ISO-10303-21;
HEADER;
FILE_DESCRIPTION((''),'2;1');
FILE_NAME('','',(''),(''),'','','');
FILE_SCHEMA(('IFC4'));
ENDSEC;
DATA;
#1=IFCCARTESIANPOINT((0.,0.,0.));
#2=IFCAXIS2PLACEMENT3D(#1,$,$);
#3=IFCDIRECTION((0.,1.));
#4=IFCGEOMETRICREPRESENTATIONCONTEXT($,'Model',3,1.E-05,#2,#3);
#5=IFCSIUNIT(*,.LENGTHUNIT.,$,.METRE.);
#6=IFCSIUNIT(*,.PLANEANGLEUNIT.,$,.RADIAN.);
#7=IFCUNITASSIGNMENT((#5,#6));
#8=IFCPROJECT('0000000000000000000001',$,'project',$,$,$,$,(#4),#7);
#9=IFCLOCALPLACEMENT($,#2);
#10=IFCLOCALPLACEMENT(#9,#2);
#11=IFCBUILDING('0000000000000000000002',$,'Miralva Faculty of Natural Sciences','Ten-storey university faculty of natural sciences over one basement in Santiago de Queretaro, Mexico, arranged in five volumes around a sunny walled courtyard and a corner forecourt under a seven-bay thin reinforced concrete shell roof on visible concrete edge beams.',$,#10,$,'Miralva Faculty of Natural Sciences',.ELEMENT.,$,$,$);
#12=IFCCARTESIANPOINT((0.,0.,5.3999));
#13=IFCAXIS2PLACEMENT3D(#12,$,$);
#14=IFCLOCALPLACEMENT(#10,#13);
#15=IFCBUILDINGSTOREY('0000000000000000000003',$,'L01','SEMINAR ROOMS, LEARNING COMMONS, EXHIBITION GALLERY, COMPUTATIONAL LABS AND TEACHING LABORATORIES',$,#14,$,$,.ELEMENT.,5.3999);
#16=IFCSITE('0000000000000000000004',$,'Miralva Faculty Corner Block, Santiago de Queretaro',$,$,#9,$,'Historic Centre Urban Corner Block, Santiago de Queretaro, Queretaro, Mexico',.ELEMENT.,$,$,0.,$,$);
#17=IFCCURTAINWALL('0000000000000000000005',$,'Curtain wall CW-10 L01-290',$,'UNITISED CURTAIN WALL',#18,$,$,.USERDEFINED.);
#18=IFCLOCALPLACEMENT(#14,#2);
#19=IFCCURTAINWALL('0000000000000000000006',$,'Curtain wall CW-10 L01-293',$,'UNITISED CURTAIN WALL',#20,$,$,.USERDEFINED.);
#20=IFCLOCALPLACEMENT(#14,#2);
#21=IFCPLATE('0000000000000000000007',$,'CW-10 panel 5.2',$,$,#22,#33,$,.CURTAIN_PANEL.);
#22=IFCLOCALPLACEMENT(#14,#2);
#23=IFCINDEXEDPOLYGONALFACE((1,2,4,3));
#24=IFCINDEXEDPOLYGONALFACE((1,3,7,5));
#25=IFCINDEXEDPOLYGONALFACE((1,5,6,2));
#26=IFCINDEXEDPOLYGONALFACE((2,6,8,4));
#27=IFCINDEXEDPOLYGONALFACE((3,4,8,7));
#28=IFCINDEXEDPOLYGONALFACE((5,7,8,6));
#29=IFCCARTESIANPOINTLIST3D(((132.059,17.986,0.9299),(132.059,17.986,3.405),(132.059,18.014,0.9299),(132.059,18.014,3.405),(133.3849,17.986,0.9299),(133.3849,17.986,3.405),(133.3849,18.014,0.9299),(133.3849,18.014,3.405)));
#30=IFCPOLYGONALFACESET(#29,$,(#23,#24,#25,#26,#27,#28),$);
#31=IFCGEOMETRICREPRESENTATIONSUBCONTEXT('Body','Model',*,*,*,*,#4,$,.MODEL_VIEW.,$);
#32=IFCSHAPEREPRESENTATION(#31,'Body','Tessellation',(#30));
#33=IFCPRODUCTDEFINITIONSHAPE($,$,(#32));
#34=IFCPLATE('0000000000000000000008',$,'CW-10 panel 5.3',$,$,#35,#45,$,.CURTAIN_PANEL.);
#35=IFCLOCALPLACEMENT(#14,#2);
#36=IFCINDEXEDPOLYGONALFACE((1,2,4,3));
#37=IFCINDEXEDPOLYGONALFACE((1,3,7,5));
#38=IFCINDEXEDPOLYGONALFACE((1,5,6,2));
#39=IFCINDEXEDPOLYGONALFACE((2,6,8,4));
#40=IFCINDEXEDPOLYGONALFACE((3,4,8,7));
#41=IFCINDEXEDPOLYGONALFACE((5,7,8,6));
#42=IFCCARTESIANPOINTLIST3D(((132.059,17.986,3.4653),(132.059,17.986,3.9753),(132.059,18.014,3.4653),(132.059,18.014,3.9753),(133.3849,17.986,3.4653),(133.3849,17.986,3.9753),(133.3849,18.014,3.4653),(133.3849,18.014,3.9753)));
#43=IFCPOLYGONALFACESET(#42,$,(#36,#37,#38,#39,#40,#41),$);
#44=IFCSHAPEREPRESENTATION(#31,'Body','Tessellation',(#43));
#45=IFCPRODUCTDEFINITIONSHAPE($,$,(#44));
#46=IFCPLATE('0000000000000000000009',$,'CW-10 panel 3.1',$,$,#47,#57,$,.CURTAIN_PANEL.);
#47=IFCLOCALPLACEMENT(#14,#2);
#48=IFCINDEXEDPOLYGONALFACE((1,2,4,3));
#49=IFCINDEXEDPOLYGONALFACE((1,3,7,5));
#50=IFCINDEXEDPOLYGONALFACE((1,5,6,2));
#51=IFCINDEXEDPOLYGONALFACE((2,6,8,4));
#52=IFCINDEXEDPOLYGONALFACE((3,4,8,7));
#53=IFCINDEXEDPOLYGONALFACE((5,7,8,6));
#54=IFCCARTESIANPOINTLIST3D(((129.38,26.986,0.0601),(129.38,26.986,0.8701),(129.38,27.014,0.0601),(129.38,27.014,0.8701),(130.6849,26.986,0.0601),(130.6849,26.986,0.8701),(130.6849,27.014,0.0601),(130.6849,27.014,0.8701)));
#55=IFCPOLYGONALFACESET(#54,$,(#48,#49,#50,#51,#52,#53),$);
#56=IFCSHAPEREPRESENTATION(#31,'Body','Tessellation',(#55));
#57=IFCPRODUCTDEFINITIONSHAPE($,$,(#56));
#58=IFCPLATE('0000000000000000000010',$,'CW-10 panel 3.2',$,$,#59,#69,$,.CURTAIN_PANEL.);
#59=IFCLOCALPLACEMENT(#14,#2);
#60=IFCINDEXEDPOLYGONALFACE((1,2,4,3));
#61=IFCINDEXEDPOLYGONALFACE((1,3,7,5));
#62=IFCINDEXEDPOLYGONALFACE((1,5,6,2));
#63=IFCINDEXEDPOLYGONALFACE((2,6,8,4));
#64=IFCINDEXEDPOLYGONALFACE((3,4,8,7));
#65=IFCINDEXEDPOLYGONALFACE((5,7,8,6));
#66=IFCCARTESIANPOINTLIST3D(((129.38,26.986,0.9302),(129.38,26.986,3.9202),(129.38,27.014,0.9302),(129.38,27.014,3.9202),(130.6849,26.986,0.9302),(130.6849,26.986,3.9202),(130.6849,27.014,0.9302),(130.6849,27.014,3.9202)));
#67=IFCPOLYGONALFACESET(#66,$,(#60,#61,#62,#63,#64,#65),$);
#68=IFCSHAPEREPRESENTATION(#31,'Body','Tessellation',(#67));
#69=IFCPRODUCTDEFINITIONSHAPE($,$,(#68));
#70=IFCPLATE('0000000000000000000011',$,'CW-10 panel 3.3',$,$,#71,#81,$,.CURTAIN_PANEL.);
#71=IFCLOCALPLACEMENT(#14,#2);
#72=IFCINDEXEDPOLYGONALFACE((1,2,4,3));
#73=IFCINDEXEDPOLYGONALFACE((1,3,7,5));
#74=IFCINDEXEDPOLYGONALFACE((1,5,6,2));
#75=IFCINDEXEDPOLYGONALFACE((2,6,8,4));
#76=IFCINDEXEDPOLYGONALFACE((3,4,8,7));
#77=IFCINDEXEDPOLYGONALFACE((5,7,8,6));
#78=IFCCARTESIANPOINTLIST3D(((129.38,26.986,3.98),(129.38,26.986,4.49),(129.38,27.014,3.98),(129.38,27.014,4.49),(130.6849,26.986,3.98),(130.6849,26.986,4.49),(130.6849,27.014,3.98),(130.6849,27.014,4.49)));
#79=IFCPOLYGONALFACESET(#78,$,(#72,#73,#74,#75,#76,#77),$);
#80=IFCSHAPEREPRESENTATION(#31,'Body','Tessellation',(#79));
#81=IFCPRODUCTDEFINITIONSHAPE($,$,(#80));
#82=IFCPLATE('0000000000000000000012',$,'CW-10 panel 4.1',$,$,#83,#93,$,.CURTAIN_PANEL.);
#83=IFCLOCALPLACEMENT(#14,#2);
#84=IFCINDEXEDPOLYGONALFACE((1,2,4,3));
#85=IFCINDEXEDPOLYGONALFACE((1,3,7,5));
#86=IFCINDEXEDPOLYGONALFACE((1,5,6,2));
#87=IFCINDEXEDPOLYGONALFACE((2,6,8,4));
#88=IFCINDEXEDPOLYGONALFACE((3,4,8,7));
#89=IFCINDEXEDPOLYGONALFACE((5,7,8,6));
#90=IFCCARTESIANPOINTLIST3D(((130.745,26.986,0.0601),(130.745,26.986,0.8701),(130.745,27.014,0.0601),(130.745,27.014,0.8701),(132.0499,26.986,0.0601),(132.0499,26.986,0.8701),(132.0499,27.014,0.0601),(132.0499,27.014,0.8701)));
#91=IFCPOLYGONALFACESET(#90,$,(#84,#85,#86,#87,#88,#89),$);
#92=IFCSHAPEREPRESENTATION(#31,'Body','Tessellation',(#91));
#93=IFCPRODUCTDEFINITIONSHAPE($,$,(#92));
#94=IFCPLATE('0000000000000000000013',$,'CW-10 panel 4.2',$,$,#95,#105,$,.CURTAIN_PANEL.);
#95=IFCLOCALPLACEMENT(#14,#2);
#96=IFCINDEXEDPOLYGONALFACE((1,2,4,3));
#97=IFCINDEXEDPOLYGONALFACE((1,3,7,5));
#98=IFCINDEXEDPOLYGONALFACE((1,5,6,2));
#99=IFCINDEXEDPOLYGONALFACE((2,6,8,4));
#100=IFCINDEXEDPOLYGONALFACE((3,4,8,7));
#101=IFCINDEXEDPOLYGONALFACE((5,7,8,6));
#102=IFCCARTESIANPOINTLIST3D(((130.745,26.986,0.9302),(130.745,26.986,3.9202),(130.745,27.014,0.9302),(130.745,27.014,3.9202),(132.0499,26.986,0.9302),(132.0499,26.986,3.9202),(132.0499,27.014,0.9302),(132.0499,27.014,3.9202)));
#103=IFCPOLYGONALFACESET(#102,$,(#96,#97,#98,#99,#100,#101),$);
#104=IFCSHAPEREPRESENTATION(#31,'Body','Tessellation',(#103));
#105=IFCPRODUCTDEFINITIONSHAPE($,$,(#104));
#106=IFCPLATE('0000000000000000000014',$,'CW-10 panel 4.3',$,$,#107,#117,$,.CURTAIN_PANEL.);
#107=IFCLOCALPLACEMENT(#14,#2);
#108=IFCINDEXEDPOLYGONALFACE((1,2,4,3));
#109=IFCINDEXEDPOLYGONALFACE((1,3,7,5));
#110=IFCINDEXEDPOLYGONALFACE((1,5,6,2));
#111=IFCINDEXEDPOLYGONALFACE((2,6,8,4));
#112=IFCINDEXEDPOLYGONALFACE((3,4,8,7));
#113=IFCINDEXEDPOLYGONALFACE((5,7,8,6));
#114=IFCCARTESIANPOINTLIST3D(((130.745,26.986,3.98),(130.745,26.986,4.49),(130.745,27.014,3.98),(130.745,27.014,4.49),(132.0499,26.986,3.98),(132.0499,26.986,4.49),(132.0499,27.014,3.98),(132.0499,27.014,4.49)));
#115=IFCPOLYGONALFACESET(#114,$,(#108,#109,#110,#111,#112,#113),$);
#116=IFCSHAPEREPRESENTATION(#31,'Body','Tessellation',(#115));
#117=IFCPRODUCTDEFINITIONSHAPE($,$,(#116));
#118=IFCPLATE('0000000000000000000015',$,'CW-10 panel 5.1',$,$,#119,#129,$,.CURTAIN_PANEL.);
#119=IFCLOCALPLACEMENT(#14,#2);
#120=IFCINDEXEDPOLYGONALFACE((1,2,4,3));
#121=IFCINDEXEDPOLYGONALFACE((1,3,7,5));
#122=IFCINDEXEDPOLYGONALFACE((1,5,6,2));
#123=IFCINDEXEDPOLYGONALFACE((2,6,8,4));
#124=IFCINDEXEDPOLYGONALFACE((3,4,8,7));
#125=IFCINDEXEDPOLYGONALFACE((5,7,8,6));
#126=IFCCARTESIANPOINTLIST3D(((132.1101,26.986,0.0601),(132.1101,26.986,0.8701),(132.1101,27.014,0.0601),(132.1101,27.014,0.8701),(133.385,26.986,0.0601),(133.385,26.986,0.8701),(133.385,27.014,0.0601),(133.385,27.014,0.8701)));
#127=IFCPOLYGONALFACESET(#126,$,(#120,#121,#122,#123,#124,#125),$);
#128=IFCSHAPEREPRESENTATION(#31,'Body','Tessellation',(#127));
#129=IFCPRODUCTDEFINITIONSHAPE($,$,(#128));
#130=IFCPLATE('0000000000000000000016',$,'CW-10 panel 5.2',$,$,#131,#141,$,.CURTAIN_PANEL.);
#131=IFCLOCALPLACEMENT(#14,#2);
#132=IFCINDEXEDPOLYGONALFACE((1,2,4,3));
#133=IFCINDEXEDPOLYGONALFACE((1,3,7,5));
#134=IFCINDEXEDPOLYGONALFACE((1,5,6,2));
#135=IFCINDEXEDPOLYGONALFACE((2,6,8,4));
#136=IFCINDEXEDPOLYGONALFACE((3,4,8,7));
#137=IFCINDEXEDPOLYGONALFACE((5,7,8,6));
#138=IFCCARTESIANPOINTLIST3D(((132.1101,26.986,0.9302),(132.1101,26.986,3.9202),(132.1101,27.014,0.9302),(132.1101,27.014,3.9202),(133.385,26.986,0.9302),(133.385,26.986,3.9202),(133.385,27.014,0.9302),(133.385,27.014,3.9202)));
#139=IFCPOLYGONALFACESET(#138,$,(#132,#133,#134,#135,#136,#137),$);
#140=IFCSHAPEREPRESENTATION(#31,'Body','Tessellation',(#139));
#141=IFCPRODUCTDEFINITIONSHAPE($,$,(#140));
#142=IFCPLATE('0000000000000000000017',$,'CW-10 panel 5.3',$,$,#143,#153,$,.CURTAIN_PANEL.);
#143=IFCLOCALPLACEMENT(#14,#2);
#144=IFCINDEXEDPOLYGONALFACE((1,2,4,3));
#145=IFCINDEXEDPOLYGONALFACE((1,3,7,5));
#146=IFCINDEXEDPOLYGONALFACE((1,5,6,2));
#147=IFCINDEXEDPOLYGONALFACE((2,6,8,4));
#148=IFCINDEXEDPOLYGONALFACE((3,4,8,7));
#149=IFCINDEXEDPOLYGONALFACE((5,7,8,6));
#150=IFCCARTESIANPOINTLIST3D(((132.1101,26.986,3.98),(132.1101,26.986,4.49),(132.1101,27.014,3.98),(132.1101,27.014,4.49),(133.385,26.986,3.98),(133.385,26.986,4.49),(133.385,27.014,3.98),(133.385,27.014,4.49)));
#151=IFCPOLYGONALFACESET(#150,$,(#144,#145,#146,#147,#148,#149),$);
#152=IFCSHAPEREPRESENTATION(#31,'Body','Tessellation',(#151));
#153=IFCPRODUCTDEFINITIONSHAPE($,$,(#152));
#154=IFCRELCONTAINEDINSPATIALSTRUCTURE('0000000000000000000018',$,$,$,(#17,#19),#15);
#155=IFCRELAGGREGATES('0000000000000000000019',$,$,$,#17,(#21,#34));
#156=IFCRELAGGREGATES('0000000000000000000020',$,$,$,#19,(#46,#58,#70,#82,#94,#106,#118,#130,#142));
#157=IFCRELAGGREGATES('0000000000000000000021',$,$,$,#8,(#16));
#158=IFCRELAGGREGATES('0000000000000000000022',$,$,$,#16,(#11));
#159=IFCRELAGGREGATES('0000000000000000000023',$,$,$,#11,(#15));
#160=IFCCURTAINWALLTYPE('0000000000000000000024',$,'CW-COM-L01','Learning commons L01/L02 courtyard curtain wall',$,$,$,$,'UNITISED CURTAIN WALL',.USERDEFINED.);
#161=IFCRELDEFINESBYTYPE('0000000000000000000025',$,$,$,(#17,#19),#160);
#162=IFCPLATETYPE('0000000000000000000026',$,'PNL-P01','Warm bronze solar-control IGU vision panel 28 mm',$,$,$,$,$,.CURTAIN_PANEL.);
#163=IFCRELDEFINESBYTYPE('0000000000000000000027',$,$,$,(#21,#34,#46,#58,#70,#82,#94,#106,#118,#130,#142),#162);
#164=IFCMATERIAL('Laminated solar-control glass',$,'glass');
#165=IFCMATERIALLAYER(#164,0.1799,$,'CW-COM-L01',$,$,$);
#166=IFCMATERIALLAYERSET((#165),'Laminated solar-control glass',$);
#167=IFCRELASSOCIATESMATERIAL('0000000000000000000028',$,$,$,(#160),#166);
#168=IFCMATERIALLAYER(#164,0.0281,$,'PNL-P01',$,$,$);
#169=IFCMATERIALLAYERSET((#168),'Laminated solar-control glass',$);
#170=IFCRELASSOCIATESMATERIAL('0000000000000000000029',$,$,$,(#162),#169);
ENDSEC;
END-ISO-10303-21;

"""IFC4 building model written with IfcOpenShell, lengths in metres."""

from ifc_helpers import new_model, si_unit, direction, frame, origin, origin_2d, place, context, subcontext, project, spatial, rectangle, extrude, material, layer, layer_set, type_object, element, aggregate, save


model = new_model("IFC4")

# Units and contexts
model_context = context("Model", 3, precision=1e-05, world=origin(), true_north=direction((0.0, 1.0)))
body_context = subcontext(model_context, "Body", "Model", "MODEL_VIEW")
ifc_project = project(units=[si_unit("LENGTHUNIT", "METRE"), si_unit("PLANEANGLEUNIT", "RADIAN")], contexts=[model_context])

# Site, building, storey
site_placement = place(None, origin())
site = spatial("IfcSite", under=ifc_project, at=site_placement, Name="Miralva Faculty Corner Block, Santiago de Queretaro", LongName="Historic Centre Urban Corner Block, Santiago de Queretaro, Queretaro, Mexico", CompositionType="ELEMENT", RefElevation=0.0)
building_placement = place(site_placement, origin())
building = spatial("IfcBuilding", under=site, at=building_placement, Name="Miralva Faculty of Natural Sciences", Description="Ten-storey university faculty of natural sciences over one basement in Santiago de Queretaro, Mexico, arranged in five volumes around a sunny walled courtyard and a corner forecourt under a seven-bay thin reinforced concrete shell roof on visible concrete edge beams.", LongName="Miralva Faculty of Natural Sciences", CompositionType="ELEMENT")
storey_placement = place(building_placement, frame((0.0, 0.0, 5.3999)))
storey = spatial("IfcBuildingStorey", under=building, at=storey_placement, Name="L01", Description="SEMINAR ROOMS, LEARNING COMMONS, EXHIBITION GALLERY, COMPUTATIONAL LABS AND TEACHING LABORATORIES", CompositionType="ELEMENT", Elevation=5.3999)

# Curtain walls
ifc_material_1 = material(Name="Laminated solar-control glass", Category="glass")
ifc_layer_1 = layer(ifc_material_1, 0.1799, Name="CW-COM-L01")
ifc_layer_set_1 = layer_set([ifc_layer_1], Name="Laminated solar-control glass")
curtain_wall_type = type_object("IfcCurtainWallType", Name="CW-COM-L01", Description="Learning commons L01/L02 courtyard curtain wall", ElementType="UNITISED CURTAIN WALL", PredefinedType="USERDEFINED", material=ifc_layer_set_1)
curtain_wall_1_placement = place(storey_placement, origin())
curtain_wall_1 = element("IfcCurtainWall", 1, at=curtain_wall_1_placement, inside=storey, type_object=curtain_wall_type, Name="Curtain wall CW-10 L01-290", ObjectType="UNITISED CURTAIN WALL", PredefinedType="USERDEFINED")
curtain_wall_2_placement = place(storey_placement, origin())
curtain_wall_2 = element("IfcCurtainWall", 2, at=curtain_wall_2_placement, inside=storey, type_object=curtain_wall_type, Name="Curtain wall CW-10 L01-293", ObjectType="UNITISED CURTAIN WALL", PredefinedType="USERDEFINED")

# Plates
ifc_layer_2 = layer(ifc_material_1, 0.0281, Name="PNL-P01")
ifc_layer_set_2 = layer_set([ifc_layer_2], Name="Laminated solar-control glass")
plate_type = type_object("IfcPlateType", Name="PNL-P01", Description="Warm bronze solar-control IGU vision panel 28 mm", PredefinedType="CURTAIN_PANEL", material=ifc_layer_set_2)
plate_1_placement = place(storey_placement, frame((132.7219, 18.0, 0.9299), z_axis=(0.0, 0.0, 1.0), x_axis=(1.0, 0.0, 0.0)))
plate_1 = element("IfcPlate", 3, at=plate_1_placement, type_object=plate_type, Name="CW-10 panel 5.2", PredefinedType="CURTAIN_PANEL", context=body_context, shape_type="SweptSolid", body=[
    extrude(rectangle(XDim=1.3259, YDim=0.0281, at=origin_2d()), origin(), (0.0, 0.0, 1.0), 2.4751),
])
plate_2_placement = place(storey_placement, frame((132.7219, 18.0, 3.4653), z_axis=(0.0, 0.0, 1.0), x_axis=(1.0, 0.0, 0.0)))
plate_2 = element("IfcPlate", 4, at=plate_2_placement, type_object=plate_type, Name="CW-10 panel 5.3", PredefinedType="CURTAIN_PANEL", context=body_context, shape_type="SweptSolid", body=[
    extrude(rectangle(XDim=1.3259, YDim=0.0281, at=origin_2d()), origin(), (0.0, 0.0, 1.0), 0.51),
])
aggregate(curtain_wall_1, [plate_1, plate_2])
plate_3_placement = place(storey_placement, frame((130.0325, 27.0, 0.0601), z_axis=(0.0, 0.0, 1.0), x_axis=(1.0, 0.0, 0.0)))
plate_3 = element("IfcPlate", 5, at=plate_3_placement, type_object=plate_type, Name="CW-10 panel 3.1", PredefinedType="CURTAIN_PANEL", context=body_context, shape_type="SweptSolid", body=[
    extrude(rectangle(XDim=1.3049, YDim=0.0281, at=origin_2d()), origin(), (0.0, 0.0, 1.0), 0.8101),
])
plate_4_placement = place(storey_placement, frame((130.0325, 27.0, 0.9302), z_axis=(0.0, 0.0, 1.0), x_axis=(1.0, 0.0, 0.0)))
plate_4 = element("IfcPlate", 6, at=plate_4_placement, type_object=plate_type, Name="CW-10 panel 3.2", PredefinedType="CURTAIN_PANEL", context=body_context, shape_type="SweptSolid", body=[
    extrude(rectangle(XDim=1.3049, YDim=0.0281, at=origin_2d()), origin(), (0.0, 0.0, 1.0), 2.99),
])
plate_5_placement = place(storey_placement, frame((130.0325, 27.0, 3.98), z_axis=(0.0, 0.0, 1.0), x_axis=(1.0, 0.0, 0.0)))
plate_5 = element("IfcPlate", 7, at=plate_5_placement, type_object=plate_type, Name="CW-10 panel 3.3", PredefinedType="CURTAIN_PANEL", context=body_context, shape_type="SweptSolid", body=[
    extrude(rectangle(XDim=1.3049, YDim=0.0281, at=origin_2d()), origin(), (0.0, 0.0, 1.0), 0.51),
])
plate_6_placement = place(storey_placement, frame((131.3975, 27.0, 0.0601), z_axis=(0.0, 0.0, 1.0), x_axis=(1.0, 0.0, 0.0)))
plate_6 = element("IfcPlate", 8, at=plate_6_placement, type_object=plate_type, Name="CW-10 panel 4.1", PredefinedType="CURTAIN_PANEL", context=body_context, shape_type="SweptSolid", body=[
    extrude(rectangle(XDim=1.3049, YDim=0.0281, at=origin_2d()), origin(), (0.0, 0.0, 1.0), 0.8101),
])
plate_7_placement = place(storey_placement, frame((131.3975, 27.0, 0.9302), z_axis=(0.0, 0.0, 1.0), x_axis=(1.0, 0.0, 0.0)))
plate_7 = element("IfcPlate", 9, at=plate_7_placement, type_object=plate_type, Name="CW-10 panel 4.2", PredefinedType="CURTAIN_PANEL", context=body_context, shape_type="SweptSolid", body=[
    extrude(rectangle(XDim=1.3049, YDim=0.0281, at=origin_2d()), origin(), (0.0, 0.0, 1.0), 2.99),
])
plate_8_placement = place(storey_placement, frame((131.3975, 27.0, 3.98), z_axis=(0.0, 0.0, 1.0), x_axis=(1.0, 0.0, 0.0)))
plate_8 = element("IfcPlate", 10, at=plate_8_placement, type_object=plate_type, Name="CW-10 panel 4.3", PredefinedType="CURTAIN_PANEL", context=body_context, shape_type="SweptSolid", body=[
    extrude(rectangle(XDim=1.3049, YDim=0.0281, at=origin_2d()), origin(), (0.0, 0.0, 1.0), 0.51),
])
plate_9_placement = place(storey_placement, frame((132.7476, 27.0, 0.0601), z_axis=(0.0, 0.0, 1.0), x_axis=(1.0, 0.0, 0.0)))
plate_9 = element("IfcPlate", 11, at=plate_9_placement, type_object=plate_type, Name="CW-10 panel 5.1", PredefinedType="CURTAIN_PANEL", context=body_context, shape_type="SweptSolid", body=[
    extrude(rectangle(XDim=1.2749, YDim=0.0281, at=origin_2d()), origin(), (0.0, 0.0, 1.0), 0.8101),
])
plate_10_placement = place(storey_placement, frame((132.7476, 27.0, 0.9302), z_axis=(0.0, 0.0, 1.0), x_axis=(1.0, 0.0, 0.0)))
plate_10 = element("IfcPlate", 12, at=plate_10_placement, type_object=plate_type, Name="CW-10 panel 5.2", PredefinedType="CURTAIN_PANEL", context=body_context, shape_type="SweptSolid", body=[
    extrude(rectangle(XDim=1.2749, YDim=0.0281, at=origin_2d()), origin(), (0.0, 0.0, 1.0), 2.99),
])
plate_11_placement = place(storey_placement, frame((132.7476, 27.0, 3.98), z_axis=(0.0, 0.0, 1.0), x_axis=(1.0, 0.0, 0.0)))
plate_11 = element("IfcPlate", 13, at=plate_11_placement, type_object=plate_type, Name="CW-10 panel 5.3", PredefinedType="CURTAIN_PANEL", context=body_context, shape_type="SweptSolid", body=[
    extrude(rectangle(XDim=1.2749, YDim=0.0281, at=origin_2d()), origin(), (0.0, 0.0, 1.0), 0.51),
])
aggregate(curtain_wall_2, [plate_3, plate_4, plate_5, plate_6, plate_7, plate_8, plate_9, plate_10, plate_11])

save(model, "model.ifc")
